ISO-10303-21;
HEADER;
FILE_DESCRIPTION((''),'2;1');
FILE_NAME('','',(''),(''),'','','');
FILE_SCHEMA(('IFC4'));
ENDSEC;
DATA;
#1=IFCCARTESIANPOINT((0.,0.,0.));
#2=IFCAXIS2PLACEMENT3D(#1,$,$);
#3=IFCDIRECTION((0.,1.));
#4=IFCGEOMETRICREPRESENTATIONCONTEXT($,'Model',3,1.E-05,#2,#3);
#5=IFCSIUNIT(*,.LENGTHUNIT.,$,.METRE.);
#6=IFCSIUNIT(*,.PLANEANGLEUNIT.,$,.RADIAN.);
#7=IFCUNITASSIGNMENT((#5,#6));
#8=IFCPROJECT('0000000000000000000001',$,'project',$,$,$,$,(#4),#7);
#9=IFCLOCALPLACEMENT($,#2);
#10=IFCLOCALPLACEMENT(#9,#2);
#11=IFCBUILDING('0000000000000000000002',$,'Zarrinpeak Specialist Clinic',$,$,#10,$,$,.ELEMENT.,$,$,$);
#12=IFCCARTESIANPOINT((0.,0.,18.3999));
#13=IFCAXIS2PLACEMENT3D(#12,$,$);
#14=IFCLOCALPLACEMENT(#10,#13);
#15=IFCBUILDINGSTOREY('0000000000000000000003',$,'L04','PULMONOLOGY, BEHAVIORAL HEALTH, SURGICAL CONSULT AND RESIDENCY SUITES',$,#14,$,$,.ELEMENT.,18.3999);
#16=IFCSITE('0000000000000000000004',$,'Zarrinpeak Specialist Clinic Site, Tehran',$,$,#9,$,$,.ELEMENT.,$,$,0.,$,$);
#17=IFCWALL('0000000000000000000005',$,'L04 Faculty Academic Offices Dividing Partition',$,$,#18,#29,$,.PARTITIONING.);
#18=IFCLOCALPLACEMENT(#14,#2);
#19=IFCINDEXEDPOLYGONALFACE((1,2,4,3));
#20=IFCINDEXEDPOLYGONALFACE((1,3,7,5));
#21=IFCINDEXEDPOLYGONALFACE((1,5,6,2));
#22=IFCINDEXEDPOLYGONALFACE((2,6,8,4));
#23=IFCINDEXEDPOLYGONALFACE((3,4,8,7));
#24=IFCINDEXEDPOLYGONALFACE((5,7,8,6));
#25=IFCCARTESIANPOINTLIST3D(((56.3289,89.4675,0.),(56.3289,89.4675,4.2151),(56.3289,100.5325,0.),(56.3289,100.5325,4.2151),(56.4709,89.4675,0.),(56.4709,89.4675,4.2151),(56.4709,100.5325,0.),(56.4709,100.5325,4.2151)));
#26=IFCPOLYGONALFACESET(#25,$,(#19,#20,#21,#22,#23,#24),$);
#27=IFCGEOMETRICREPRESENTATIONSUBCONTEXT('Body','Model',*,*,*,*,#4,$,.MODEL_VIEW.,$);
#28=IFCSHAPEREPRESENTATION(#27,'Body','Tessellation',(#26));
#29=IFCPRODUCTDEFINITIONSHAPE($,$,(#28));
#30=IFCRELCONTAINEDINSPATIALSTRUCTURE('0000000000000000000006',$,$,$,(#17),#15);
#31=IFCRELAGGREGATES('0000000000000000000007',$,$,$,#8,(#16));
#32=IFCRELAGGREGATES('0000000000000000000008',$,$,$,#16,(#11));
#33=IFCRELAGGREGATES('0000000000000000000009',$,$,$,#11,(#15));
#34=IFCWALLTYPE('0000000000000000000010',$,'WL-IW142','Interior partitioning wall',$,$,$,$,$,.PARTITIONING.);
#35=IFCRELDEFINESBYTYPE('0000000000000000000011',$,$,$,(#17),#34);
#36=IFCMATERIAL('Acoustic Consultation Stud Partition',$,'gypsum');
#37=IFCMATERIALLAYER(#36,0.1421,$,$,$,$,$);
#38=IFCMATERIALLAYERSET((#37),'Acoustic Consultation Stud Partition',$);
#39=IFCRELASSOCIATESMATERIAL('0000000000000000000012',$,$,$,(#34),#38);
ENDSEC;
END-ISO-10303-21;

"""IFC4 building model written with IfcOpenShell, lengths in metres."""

from ifc_helpers import new_model, si_unit, direction, frame, frame_2d, origin, place, context, subcontext, project, spatial, rectangle, extrude, material, layer, layer_set, type_object, element, save


model = new_model("IFC4")

# Units and contexts
model_context = context("Model", 3, precision=1e-05, world=origin(), true_north=direction((0.0, 1.0)))
body_context = subcontext(model_context, "Body", "Model", "MODEL_VIEW")
ifc_project = project(units=[si_unit("LENGTHUNIT", "METRE"), si_unit("PLANEANGLEUNIT", "RADIAN")], contexts=[model_context])

# Site, building, storey
site_placement = place(None, origin())
site = spatial("IfcSite", under=ifc_project, at=site_placement, Name="Zarrinpeak Specialist Clinic Site, Tehran", CompositionType="ELEMENT", RefElevation=0.0)
building_placement = place(site_placement, origin())
building = spatial("IfcBuilding", under=site, at=building_placement, Name="Zarrinpeak Specialist Clinic", CompositionType="ELEMENT")
storey_placement = place(building_placement, frame((0.0, 0.0, 18.3999)))
storey = spatial("IfcBuildingStorey", under=building, at=storey_placement, Name="L04", Description="PULMONOLOGY, BEHAVIORAL HEALTH, SURGICAL CONSULT AND RESIDENCY SUITES", CompositionType="ELEMENT", Elevation=18.3999)

# Wall
ifc_material_1 = material(Name="Acoustic Consultation Stud Partition", Category="gypsum")
ifc_layer_1 = layer(ifc_material_1, 0.1421)
ifc_layer_set_1 = layer_set([ifc_layer_1], Name="Acoustic Consultation Stud Partition")
wall_type_1 = type_object("IfcWallType", Name="WL-IW142", Description="Interior partitioning wall", PredefinedType="PARTITIONING", material=ifc_layer_set_1)
wall_1_placement = place(storey_placement, frame((56.3999, 89.4675, 0.0), z_axis=(0.0, 0.0, 1.0), x_axis=(0.0, 1.0, 0.0)))
element("IfcWall", 1, at=wall_1_placement, inside=storey, type_object=wall_type_1, Name="L04 Faculty Academic Offices Dividing Partition", PredefinedType="PARTITIONING", context=body_context, shape_type="SweptSolid", body=[
    extrude(rectangle(XDim=11.0649, YDim=0.1421, at=frame_2d((5.5325, 0.0))), origin(), (0.0, 0.0, 1.0), 4.2151),
])

save(model, "model.ifc")
